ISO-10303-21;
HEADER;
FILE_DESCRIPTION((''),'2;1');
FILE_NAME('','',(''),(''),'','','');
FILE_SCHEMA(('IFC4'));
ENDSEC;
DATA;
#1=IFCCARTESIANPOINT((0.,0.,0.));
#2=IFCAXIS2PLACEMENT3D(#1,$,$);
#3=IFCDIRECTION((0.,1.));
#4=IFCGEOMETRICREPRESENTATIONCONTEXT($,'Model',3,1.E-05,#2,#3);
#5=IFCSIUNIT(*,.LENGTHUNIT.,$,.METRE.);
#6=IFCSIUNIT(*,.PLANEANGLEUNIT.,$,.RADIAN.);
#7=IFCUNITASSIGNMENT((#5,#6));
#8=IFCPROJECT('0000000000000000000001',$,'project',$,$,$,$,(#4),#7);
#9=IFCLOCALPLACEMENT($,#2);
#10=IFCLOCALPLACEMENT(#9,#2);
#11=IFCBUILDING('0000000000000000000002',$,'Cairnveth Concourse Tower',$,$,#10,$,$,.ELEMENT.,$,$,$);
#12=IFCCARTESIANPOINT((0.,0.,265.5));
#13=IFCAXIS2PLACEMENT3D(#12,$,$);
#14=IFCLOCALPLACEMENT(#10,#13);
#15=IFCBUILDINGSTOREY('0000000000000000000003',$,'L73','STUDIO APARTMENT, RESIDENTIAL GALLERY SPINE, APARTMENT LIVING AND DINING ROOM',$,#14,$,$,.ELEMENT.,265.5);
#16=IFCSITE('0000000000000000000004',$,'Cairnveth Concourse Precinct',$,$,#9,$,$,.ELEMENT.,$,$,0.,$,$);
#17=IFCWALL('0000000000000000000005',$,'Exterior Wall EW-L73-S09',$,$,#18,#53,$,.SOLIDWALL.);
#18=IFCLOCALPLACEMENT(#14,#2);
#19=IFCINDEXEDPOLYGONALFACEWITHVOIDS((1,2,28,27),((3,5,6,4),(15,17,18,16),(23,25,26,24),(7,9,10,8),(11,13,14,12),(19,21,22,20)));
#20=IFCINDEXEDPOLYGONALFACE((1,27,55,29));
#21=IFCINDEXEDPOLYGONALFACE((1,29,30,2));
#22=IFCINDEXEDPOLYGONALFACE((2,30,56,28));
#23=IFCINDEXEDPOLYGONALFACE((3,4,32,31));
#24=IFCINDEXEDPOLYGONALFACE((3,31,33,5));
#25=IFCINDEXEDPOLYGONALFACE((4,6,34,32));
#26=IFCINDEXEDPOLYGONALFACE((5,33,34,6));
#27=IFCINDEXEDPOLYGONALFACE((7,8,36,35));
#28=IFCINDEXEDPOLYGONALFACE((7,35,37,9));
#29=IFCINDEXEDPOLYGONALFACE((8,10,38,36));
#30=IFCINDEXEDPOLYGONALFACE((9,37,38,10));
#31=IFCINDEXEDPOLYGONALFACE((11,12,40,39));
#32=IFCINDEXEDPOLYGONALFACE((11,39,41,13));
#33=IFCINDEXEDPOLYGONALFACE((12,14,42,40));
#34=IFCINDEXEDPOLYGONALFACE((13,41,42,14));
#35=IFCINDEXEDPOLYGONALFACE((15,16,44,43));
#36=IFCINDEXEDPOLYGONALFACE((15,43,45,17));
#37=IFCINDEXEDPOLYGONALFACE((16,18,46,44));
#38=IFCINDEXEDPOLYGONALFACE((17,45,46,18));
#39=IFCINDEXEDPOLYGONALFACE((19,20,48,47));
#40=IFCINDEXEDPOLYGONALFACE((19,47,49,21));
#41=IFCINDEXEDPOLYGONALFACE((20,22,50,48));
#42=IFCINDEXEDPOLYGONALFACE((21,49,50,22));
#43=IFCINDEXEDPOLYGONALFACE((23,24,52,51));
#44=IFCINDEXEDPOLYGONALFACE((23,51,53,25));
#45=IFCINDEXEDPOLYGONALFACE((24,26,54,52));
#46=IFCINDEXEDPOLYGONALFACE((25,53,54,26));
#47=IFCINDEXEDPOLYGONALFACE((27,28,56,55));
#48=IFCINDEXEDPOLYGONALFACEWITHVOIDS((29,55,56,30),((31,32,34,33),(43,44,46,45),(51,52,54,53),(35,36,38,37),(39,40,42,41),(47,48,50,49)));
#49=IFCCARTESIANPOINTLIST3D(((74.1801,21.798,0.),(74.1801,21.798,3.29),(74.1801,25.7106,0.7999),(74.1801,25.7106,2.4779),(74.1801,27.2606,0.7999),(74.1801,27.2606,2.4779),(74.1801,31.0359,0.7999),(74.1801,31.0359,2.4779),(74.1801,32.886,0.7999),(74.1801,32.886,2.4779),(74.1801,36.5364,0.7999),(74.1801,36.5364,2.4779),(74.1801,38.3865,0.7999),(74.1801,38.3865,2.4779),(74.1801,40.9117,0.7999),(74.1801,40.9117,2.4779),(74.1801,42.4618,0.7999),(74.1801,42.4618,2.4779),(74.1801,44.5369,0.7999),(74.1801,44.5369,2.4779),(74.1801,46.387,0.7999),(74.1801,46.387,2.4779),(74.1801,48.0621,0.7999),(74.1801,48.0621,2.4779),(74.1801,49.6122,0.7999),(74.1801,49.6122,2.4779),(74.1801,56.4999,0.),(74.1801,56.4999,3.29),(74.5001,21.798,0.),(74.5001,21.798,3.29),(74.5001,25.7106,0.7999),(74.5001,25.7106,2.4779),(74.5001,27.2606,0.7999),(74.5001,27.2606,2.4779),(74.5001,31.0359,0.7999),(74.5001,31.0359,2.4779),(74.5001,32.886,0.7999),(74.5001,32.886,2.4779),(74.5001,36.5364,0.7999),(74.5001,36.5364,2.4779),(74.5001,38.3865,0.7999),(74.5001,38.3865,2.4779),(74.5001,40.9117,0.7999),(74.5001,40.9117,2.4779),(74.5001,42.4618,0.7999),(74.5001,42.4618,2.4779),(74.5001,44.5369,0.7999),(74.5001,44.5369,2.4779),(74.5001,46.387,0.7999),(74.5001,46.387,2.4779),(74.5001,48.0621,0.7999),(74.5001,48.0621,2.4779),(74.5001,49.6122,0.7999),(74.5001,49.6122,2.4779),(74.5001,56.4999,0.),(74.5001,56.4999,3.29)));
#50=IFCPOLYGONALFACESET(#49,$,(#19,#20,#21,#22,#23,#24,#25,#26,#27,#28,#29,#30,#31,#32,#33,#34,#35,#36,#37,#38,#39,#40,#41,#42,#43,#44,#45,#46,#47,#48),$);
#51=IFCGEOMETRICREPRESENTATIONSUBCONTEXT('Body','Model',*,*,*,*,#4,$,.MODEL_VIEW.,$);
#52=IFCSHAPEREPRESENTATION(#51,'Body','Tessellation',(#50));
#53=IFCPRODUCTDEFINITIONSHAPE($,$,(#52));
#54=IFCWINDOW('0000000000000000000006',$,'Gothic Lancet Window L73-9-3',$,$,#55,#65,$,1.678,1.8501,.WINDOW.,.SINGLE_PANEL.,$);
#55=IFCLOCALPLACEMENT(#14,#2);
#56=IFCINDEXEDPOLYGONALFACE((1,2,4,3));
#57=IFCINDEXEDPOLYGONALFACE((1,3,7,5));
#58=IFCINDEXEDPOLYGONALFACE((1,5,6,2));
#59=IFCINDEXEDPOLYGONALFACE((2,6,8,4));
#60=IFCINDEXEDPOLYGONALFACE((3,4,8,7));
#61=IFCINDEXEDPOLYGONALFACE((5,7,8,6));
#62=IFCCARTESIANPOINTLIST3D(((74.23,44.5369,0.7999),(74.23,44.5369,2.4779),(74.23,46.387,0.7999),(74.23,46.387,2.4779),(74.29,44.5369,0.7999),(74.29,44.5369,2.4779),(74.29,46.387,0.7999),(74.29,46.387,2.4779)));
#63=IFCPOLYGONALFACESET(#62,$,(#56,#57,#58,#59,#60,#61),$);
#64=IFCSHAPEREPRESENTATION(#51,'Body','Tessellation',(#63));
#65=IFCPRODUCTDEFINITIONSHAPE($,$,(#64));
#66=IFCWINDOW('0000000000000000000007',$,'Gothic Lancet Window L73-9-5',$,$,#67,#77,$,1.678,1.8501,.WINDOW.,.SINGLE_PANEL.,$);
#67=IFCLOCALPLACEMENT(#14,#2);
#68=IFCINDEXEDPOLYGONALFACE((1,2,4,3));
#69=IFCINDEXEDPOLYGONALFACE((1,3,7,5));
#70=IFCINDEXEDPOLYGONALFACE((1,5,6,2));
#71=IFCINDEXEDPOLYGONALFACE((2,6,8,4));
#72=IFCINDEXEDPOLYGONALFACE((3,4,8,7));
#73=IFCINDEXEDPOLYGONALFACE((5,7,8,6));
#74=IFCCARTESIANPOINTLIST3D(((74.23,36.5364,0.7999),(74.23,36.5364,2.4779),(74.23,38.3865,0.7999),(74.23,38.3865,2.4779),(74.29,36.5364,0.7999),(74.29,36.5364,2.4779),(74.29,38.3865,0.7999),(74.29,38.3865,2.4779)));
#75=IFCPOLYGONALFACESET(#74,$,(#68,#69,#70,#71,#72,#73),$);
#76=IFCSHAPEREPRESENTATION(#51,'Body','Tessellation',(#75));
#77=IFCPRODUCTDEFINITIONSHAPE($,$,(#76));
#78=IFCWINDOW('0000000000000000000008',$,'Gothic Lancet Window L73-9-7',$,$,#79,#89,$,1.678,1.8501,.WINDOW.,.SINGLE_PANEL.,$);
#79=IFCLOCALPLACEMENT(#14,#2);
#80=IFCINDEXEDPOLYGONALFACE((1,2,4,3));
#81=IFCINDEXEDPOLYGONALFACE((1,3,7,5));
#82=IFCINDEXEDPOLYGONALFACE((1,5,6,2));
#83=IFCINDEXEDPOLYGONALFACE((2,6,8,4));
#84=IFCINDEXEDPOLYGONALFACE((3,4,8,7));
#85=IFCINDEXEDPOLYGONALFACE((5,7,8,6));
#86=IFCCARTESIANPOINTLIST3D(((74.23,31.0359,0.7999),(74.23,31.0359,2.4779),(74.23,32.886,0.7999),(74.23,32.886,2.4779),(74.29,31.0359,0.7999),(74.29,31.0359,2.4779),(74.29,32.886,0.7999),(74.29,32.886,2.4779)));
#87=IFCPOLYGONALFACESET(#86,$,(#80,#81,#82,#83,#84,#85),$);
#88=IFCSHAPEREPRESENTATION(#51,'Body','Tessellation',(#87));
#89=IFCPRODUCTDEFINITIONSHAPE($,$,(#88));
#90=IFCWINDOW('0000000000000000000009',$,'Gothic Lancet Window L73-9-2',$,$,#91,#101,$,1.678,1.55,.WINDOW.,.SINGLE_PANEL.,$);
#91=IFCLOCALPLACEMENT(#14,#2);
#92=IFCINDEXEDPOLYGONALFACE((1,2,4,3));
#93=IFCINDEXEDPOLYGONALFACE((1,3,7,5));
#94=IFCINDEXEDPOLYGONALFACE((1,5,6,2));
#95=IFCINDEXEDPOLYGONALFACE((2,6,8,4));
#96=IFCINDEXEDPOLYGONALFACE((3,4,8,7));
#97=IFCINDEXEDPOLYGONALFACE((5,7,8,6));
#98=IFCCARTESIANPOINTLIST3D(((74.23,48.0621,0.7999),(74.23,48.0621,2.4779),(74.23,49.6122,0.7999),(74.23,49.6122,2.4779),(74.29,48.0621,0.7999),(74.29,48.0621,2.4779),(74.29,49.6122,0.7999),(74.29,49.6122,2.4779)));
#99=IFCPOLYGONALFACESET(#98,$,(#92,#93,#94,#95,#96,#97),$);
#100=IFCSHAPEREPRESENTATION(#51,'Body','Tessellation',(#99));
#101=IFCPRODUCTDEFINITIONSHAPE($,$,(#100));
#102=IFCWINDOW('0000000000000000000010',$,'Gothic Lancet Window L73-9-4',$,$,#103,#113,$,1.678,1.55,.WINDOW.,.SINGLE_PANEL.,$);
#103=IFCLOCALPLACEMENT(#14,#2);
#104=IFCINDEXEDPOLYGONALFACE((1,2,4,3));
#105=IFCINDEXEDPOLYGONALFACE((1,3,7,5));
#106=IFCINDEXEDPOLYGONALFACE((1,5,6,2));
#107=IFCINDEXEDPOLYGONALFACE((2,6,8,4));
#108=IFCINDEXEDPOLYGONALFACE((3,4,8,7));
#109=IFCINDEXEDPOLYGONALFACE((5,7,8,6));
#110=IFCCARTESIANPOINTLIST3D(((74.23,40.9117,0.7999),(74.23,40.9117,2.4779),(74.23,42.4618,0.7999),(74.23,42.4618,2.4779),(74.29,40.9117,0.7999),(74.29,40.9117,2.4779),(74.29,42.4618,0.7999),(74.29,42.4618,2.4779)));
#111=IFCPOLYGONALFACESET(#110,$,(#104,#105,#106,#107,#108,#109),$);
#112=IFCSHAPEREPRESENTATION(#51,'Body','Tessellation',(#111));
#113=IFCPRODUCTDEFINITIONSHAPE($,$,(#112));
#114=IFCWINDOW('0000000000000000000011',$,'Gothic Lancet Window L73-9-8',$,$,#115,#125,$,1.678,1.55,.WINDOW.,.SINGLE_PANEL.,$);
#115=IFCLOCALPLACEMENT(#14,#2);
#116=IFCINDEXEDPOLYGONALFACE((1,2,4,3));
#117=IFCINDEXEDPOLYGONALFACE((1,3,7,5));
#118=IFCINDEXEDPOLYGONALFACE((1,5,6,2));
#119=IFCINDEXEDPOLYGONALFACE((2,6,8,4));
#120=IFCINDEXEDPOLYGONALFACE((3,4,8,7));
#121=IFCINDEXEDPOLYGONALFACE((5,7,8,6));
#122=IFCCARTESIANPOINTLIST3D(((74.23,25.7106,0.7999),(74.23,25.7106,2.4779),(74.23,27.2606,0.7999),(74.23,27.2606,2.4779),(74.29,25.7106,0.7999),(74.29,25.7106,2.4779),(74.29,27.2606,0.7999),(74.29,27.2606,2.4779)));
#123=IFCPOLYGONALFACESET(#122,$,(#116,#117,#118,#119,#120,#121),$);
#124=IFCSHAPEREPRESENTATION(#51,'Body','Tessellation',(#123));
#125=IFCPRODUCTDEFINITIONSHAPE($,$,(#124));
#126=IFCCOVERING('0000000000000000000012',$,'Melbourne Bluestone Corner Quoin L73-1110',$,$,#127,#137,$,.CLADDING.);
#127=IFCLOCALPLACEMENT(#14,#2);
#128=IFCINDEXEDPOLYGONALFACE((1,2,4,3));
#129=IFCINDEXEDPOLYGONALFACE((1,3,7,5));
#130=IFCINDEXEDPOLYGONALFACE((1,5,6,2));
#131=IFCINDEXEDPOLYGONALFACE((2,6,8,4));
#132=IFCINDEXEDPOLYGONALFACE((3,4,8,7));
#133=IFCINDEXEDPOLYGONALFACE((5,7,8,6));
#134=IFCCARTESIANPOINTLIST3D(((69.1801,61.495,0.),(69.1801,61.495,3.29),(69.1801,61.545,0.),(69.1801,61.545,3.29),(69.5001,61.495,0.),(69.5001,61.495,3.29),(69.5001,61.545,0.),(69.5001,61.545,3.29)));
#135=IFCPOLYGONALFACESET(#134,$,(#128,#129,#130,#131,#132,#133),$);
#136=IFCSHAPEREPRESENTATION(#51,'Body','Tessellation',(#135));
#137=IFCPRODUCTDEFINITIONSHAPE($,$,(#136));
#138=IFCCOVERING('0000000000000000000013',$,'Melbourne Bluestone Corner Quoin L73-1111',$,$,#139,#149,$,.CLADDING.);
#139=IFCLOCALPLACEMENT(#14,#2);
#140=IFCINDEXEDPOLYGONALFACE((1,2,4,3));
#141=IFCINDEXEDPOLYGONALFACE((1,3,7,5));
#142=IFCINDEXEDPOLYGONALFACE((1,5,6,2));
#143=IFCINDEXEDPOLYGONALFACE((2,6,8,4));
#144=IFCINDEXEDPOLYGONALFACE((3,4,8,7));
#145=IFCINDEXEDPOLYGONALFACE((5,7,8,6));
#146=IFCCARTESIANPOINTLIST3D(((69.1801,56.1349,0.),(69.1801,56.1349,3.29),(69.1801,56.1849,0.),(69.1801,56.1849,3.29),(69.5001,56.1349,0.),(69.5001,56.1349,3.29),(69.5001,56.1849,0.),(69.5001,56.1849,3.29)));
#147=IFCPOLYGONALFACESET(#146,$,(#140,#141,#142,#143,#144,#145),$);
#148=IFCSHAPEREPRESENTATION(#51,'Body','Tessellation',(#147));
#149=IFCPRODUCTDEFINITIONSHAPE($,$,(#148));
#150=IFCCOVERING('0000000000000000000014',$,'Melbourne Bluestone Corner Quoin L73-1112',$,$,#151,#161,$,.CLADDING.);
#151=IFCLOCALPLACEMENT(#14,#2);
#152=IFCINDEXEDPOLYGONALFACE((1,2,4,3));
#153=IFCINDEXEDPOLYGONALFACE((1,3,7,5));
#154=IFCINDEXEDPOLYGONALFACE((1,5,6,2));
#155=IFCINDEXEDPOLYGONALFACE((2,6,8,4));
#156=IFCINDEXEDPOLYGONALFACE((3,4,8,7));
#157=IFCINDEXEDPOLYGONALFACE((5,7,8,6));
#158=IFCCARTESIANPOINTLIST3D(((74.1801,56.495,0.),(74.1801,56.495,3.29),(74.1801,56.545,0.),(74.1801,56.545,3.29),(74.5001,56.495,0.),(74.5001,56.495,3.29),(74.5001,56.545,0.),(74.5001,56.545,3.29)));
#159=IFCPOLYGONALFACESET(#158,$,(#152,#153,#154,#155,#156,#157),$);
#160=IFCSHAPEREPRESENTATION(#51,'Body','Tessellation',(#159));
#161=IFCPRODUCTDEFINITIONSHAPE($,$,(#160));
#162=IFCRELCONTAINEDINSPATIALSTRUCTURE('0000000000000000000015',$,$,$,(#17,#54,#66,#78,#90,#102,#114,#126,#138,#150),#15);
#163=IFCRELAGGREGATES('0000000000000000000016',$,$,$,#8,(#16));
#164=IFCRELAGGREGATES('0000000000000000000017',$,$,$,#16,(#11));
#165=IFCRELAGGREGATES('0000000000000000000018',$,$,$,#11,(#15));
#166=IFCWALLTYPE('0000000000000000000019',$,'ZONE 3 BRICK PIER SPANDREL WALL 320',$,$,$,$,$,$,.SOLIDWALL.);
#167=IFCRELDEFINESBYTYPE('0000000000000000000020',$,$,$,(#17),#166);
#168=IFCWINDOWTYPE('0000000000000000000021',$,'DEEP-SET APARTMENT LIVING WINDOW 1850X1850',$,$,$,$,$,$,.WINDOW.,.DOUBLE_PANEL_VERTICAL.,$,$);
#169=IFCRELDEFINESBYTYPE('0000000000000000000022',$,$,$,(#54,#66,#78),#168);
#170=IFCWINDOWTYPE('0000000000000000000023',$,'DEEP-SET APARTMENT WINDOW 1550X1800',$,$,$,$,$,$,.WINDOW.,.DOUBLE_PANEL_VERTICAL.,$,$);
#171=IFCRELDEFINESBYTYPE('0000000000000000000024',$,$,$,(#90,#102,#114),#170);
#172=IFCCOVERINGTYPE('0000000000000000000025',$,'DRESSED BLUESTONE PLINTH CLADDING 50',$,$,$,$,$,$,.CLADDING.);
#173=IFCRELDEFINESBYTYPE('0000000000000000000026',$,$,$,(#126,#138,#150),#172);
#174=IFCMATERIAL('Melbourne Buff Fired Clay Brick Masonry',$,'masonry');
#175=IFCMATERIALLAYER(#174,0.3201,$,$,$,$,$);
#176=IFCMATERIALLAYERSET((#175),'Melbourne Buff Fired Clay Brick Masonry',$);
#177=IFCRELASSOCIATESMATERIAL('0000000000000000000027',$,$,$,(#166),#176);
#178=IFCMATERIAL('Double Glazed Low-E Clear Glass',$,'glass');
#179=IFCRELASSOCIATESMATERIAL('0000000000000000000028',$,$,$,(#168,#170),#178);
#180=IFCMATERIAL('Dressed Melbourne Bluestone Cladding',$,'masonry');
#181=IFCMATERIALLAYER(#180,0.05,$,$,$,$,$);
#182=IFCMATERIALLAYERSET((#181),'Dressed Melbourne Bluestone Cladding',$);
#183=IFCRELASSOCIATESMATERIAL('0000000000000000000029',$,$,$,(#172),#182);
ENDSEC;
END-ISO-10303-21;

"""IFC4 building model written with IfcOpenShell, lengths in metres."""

from ifc_helpers import new_model, si_unit, direction, frame, frame_2d, origin, place, context, subcontext, project, spatial, rectangle, extrude, material, layer, layer_set, type_object, element, fill, save


model = new_model("IFC4")

# Units and contexts
model_context = context("Model", 3, precision=1e-05, world=origin(), true_north=direction((0.0, 1.0)))
body_context = subcontext(model_context, "Body", "Model", "MODEL_VIEW")
ifc_project = project(units=[si_unit("LENGTHUNIT", "METRE"), si_unit("PLANEANGLEUNIT", "RADIAN")], contexts=[model_context])

# Site, building, storey
site_placement = place(None, origin())
site = spatial("IfcSite", under=ifc_project, at=site_placement, Name="Cairnveth Concourse Precinct", CompositionType="ELEMENT", RefElevation=0.0)
building_placement = place(site_placement, origin())
building = spatial("IfcBuilding", under=site, at=building_placement, Name="Cairnveth Concourse Tower", CompositionType="ELEMENT")
storey_placement = place(building_placement, frame((0.0, 0.0, 265.5)))
storey = spatial("IfcBuildingStorey", under=building, at=storey_placement, Name="L73", Description="STUDIO APARTMENT, RESIDENTIAL GALLERY SPINE, APARTMENT LIVING AND DINING ROOM", CompositionType="ELEMENT", Elevation=265.5)

# Shared definitions
ifc_material_1 = material(Name="Melbourne Buff Fired Clay Brick Masonry", Category="masonry")
ifc_layer_1 = layer(ifc_material_1, 0.3201)
ifc_layer_set_1 = layer_set([ifc_layer_1], Name="Melbourne Buff Fired Clay Brick Masonry")
wall_type = type_object("IfcWallType", Name="ZONE 3 BRICK PIER SPANDREL WALL 320", PredefinedType="SOLIDWALL", material=ifc_layer_set_1)
ifc_material_2 = material(Name="Double Glazed Low-E Clear Glass", Category="glass")

# Wall, openings, windows
wall_1_placement = place(storey_placement, frame((74.3401, 56.5, 0.0), z_axis=(0.0, 0.0, 1.0), x_axis=(0.0, -1.0, 0.0)))
wall_1 = element("IfcWall", 1, at=wall_1_placement, inside=storey, type_object=wall_type, Name="Exterior Wall EW-L73-S09", PredefinedType="SOLIDWALL", context=body_context, shape_type="SweptSolid", body=[
    extrude(rectangle(XDim=34.7019, YDim=0.3201, at=frame_2d((17.3511, 0.0))), origin(), (0.0, 0.0, 1.0), 3.29),
])
opening_1_placement = place(wall_1_placement, frame((6.8879, 0.0, 0.8)))
opening_1 = element("IfcOpeningElement", 2, at=opening_1_placement, cuts=wall_1, PredefinedType="OPENING", context=body_context, shape_type="SweptSolid", body=[
    extrude(rectangle(XDim=1.55, YDim=1.678, at=frame_2d((0.7749, 0.8389))), frame((0.0, 0.1699, 0.0), z_axis=(0.0, -1.0, 0.0), x_axis=(1.0, 0.0, 0.0)), (0.0, 0.0, 1.0), 0.3401),
])
opening_2_placement = place(wall_1_placement, frame((10.113, 0.0, 0.8)))
opening_2 = element("IfcOpeningElement", 3, at=opening_2_placement, cuts=wall_1, PredefinedType="OPENING", context=body_context, shape_type="SweptSolid", body=[
    extrude(rectangle(XDim=1.8501, YDim=1.678, at=frame_2d((0.925, 0.8389))), frame((0.0, 0.1699, 0.0), z_axis=(0.0, -1.0, 0.0), x_axis=(1.0, 0.0, 0.0)), (0.0, 0.0, 1.0), 0.3401),
])
opening_3_placement = place(wall_1_placement, frame((14.0383, 0.0, 0.8)))
opening_3 = element("IfcOpeningElement", 4, at=opening_3_placement, cuts=wall_1, PredefinedType="OPENING", context=body_context, shape_type="SweptSolid", body=[
    extrude(rectangle(XDim=1.55, YDim=1.678, at=frame_2d((0.7749, 0.8389))), frame((0.0, 0.1699, 0.0), z_axis=(0.0, -1.0, 0.0), x_axis=(1.0, 0.0, 0.0)), (0.0, 0.0, 1.0), 0.3401),
])
opening_4_placement = place(wall_1_placement, frame((18.1135, 0.0, 0.8)))
opening_4 = element("IfcOpeningElement", 5, at=opening_4_placement, cuts=wall_1, PredefinedType="OPENING", context=body_context, shape_type="SweptSolid", body=[
    extrude(rectangle(XDim=1.8501, YDim=1.678, at=frame_2d((0.925, 0.8389))), frame((0.0, 0.1699, 0.0), z_axis=(0.0, -1.0, 0.0), x_axis=(1.0, 0.0, 0.0)), (0.0, 0.0, 1.0), 0.3401),
])
opening_5_placement = place(wall_1_placement, frame((23.614, 0.0, 0.8)))
opening_5 = element("IfcOpeningElement", 6, at=opening_5_placement, cuts=wall_1, PredefinedType="OPENING", context=body_context, shape_type="SweptSolid", body=[
    extrude(rectangle(XDim=1.8501, YDim=1.678, at=frame_2d((0.925, 0.8389))), frame((0.0, 0.1699, 0.0), z_axis=(0.0, -1.0, 0.0), x_axis=(1.0, 0.0, 0.0)), (0.0, 0.0, 1.0), 0.3401),
])
opening_6_placement = place(wall_1_placement, frame((29.2395, 0.0, 0.8)))
opening_6 = element("IfcOpeningElement", 7, at=opening_6_placement, cuts=wall_1, PredefinedType="OPENING", context=body_context, shape_type="SweptSolid", body=[
    extrude(rectangle(XDim=1.55, YDim=1.678, at=frame_2d((0.7749, 0.8389))), frame((0.0, 0.1699, 0.0), z_axis=(0.0, -1.0, 0.0), x_axis=(1.0, 0.0, 0.0)), (0.0, 0.0, 1.0), 0.3401),
])
window_type_1 = type_object("IfcWindowType", Name="DEEP-SET APARTMENT LIVING WINDOW 1850X1850", PartitioningType="DOUBLE_PANEL_VERTICAL", PredefinedType="WINDOW", material=ifc_material_2)
window_1_placement = place(opening_2_placement, origin())
window_1 = element("IfcWindow", 8, at=window_1_placement, inside=storey, type_object=window_type_1, Name="Gothic Lancet Window L73-9-3", OverallHeight=1.678, OverallWidth=1.8501, PartitioningType="SINGLE_PANEL", PredefinedType="WINDOW", context=body_context, shape_type="SweptSolid", body=[
    extrude(rectangle(XDim=1.8501, YDim=1.678, at=frame_2d((0.925, 0.8389))), frame((0.0, -0.05, 0.0), z_axis=(0.0, -1.0, 0.0), x_axis=(1.0, 0.0, 0.0)), (0.0, 0.0, 1.0), 0.0601),
])
fill(opening_2, window_1)
window_2_placement = place(opening_4_placement, origin())
window_2 = element("IfcWindow", 9, at=window_2_placement, inside=storey, type_object=window_type_1, Name="Gothic Lancet Window L73-9-5", OverallHeight=1.678, OverallWidth=1.8501, PartitioningType="SINGLE_PANEL", PredefinedType="WINDOW", context=body_context, shape_type="SweptSolid", body=[
    extrude(rectangle(XDim=1.8501, YDim=1.678, at=frame_2d((0.925, 0.8389))), frame((0.0, -0.05, 0.0), z_axis=(0.0, -1.0, 0.0), x_axis=(1.0, 0.0, 0.0)), (0.0, 0.0, 1.0), 0.0601),
])
fill(opening_4, window_2)
window_3_placement = place(opening_5_placement, origin())
window_3 = element("IfcWindow", 10, at=window_3_placement, inside=storey, type_object=window_type_1, Name="Gothic Lancet Window L73-9-7", OverallHeight=1.678, OverallWidth=1.8501, PartitioningType="SINGLE_PANEL", PredefinedType="WINDOW", context=body_context, shape_type="SweptSolid", body=[
    extrude(rectangle(XDim=1.8501, YDim=1.678, at=frame_2d((0.925, 0.8389))), frame((0.0, -0.05, 0.0), z_axis=(0.0, -1.0, 0.0), x_axis=(1.0, 0.0, 0.0)), (0.0, 0.0, 1.0), 0.0601),
])
fill(opening_5, window_3)
window_type_2 = type_object("IfcWindowType", Name="DEEP-SET APARTMENT WINDOW 1550X1800", PartitioningType="DOUBLE_PANEL_VERTICAL", PredefinedType="WINDOW", material=ifc_material_2)
window_4_placement = place(opening_1_placement, origin())
window_4 = element("IfcWindow", 11, at=window_4_placement, inside=storey, type_object=window_type_2, Name="Gothic Lancet Window L73-9-2", OverallHeight=1.678, OverallWidth=1.55, PartitioningType="SINGLE_PANEL", PredefinedType="WINDOW", context=body_context, shape_type="SweptSolid", body=[
    extrude(rectangle(XDim=1.55, YDim=1.678, at=frame_2d((0.7749, 0.8389))), frame((0.0, -0.05, 0.0), z_axis=(0.0, -1.0, 0.0), x_axis=(1.0, 0.0, 0.0)), (0.0, 0.0, 1.0), 0.0601),
])
fill(opening_1, window_4)
window_5_placement = place(opening_3_placement, origin())
window_5 = element("IfcWindow", 12, at=window_5_placement, inside=storey, type_object=window_type_2, Name="Gothic Lancet Window L73-9-4", OverallHeight=1.678, OverallWidth=1.55, PartitioningType="SINGLE_PANEL", PredefinedType="WINDOW", context=body_context, shape_type="SweptSolid", body=[
    extrude(rectangle(XDim=1.55, YDim=1.678, at=frame_2d((0.7749, 0.8389))), frame((0.0, -0.05, 0.0), z_axis=(0.0, -1.0, 0.0), x_axis=(1.0, 0.0, 0.0)), (0.0, 0.0, 1.0), 0.0601),
])
fill(opening_3, window_5)
window_6_placement = place(opening_6_placement, origin())
window_6 = element("IfcWindow", 13, at=window_6_placement, inside=storey, type_object=window_type_2, Name="Gothic Lancet Window L73-9-8", OverallHeight=1.678, OverallWidth=1.55, PartitioningType="SINGLE_PANEL", PredefinedType="WINDOW", context=body_context, shape_type="SweptSolid", body=[
    extrude(rectangle(XDim=1.55, YDim=1.678, at=frame_2d((0.7749, 0.8389))), frame((0.0, -0.05, 0.0), z_axis=(0.0, -1.0, 0.0), x_axis=(1.0, 0.0, 0.0)), (0.0, 0.0, 1.0), 0.0601),
])
fill(opening_6, window_6)

# Coverings
ifc_material_3 = material(Name="Dressed Melbourne Bluestone Cladding", Category="masonry")
ifc_layer_2 = layer(ifc_material_3, 0.05)
ifc_layer_set_2 = layer_set([ifc_layer_2], Name="Dressed Melbourne Bluestone Cladding")
covering_type = type_object("IfcCoveringType", Name="DRESSED BLUESTONE PLINTH CLADDING 50", PredefinedType="CLADDING", material=ifc_layer_set_2)
for number, where, z_axis, x_axis, name in (
    (14, (69.1799, 61.52, 0.0), (0.0, 0.0, 1.0), (1.0, 0.0, 0.0), "Melbourne Bluestone Corner Quoin L73-1110"),
    (15, (69.1799, 56.1599, 0.0), (0.0, 0.0, 1.0), (1.0, 0.0, 0.0), "Melbourne Bluestone Corner Quoin L73-1111"),
    (16, (74.1799, 56.52, 0.0), (0.0, 0.0, 1.0), (1.0, 0.0, 0.0), "Melbourne Bluestone Corner Quoin L73-1112"),
):
    element("IfcCovering", number, at=place(storey_placement, frame(where, z_axis=z_axis, x_axis=x_axis)), inside=storey, type_object=covering_type, Name=name, PredefinedType="CLADDING", context=body_context, shape_type="SweptSolid", body=[
        extrude(rectangle(XDim=0.3201, YDim=0.05, at=frame_2d((0.1602, 0.0))), origin(), (0.0, 0.0, 1.0), 3.29),
    ])

save(model, "model.ifc")
